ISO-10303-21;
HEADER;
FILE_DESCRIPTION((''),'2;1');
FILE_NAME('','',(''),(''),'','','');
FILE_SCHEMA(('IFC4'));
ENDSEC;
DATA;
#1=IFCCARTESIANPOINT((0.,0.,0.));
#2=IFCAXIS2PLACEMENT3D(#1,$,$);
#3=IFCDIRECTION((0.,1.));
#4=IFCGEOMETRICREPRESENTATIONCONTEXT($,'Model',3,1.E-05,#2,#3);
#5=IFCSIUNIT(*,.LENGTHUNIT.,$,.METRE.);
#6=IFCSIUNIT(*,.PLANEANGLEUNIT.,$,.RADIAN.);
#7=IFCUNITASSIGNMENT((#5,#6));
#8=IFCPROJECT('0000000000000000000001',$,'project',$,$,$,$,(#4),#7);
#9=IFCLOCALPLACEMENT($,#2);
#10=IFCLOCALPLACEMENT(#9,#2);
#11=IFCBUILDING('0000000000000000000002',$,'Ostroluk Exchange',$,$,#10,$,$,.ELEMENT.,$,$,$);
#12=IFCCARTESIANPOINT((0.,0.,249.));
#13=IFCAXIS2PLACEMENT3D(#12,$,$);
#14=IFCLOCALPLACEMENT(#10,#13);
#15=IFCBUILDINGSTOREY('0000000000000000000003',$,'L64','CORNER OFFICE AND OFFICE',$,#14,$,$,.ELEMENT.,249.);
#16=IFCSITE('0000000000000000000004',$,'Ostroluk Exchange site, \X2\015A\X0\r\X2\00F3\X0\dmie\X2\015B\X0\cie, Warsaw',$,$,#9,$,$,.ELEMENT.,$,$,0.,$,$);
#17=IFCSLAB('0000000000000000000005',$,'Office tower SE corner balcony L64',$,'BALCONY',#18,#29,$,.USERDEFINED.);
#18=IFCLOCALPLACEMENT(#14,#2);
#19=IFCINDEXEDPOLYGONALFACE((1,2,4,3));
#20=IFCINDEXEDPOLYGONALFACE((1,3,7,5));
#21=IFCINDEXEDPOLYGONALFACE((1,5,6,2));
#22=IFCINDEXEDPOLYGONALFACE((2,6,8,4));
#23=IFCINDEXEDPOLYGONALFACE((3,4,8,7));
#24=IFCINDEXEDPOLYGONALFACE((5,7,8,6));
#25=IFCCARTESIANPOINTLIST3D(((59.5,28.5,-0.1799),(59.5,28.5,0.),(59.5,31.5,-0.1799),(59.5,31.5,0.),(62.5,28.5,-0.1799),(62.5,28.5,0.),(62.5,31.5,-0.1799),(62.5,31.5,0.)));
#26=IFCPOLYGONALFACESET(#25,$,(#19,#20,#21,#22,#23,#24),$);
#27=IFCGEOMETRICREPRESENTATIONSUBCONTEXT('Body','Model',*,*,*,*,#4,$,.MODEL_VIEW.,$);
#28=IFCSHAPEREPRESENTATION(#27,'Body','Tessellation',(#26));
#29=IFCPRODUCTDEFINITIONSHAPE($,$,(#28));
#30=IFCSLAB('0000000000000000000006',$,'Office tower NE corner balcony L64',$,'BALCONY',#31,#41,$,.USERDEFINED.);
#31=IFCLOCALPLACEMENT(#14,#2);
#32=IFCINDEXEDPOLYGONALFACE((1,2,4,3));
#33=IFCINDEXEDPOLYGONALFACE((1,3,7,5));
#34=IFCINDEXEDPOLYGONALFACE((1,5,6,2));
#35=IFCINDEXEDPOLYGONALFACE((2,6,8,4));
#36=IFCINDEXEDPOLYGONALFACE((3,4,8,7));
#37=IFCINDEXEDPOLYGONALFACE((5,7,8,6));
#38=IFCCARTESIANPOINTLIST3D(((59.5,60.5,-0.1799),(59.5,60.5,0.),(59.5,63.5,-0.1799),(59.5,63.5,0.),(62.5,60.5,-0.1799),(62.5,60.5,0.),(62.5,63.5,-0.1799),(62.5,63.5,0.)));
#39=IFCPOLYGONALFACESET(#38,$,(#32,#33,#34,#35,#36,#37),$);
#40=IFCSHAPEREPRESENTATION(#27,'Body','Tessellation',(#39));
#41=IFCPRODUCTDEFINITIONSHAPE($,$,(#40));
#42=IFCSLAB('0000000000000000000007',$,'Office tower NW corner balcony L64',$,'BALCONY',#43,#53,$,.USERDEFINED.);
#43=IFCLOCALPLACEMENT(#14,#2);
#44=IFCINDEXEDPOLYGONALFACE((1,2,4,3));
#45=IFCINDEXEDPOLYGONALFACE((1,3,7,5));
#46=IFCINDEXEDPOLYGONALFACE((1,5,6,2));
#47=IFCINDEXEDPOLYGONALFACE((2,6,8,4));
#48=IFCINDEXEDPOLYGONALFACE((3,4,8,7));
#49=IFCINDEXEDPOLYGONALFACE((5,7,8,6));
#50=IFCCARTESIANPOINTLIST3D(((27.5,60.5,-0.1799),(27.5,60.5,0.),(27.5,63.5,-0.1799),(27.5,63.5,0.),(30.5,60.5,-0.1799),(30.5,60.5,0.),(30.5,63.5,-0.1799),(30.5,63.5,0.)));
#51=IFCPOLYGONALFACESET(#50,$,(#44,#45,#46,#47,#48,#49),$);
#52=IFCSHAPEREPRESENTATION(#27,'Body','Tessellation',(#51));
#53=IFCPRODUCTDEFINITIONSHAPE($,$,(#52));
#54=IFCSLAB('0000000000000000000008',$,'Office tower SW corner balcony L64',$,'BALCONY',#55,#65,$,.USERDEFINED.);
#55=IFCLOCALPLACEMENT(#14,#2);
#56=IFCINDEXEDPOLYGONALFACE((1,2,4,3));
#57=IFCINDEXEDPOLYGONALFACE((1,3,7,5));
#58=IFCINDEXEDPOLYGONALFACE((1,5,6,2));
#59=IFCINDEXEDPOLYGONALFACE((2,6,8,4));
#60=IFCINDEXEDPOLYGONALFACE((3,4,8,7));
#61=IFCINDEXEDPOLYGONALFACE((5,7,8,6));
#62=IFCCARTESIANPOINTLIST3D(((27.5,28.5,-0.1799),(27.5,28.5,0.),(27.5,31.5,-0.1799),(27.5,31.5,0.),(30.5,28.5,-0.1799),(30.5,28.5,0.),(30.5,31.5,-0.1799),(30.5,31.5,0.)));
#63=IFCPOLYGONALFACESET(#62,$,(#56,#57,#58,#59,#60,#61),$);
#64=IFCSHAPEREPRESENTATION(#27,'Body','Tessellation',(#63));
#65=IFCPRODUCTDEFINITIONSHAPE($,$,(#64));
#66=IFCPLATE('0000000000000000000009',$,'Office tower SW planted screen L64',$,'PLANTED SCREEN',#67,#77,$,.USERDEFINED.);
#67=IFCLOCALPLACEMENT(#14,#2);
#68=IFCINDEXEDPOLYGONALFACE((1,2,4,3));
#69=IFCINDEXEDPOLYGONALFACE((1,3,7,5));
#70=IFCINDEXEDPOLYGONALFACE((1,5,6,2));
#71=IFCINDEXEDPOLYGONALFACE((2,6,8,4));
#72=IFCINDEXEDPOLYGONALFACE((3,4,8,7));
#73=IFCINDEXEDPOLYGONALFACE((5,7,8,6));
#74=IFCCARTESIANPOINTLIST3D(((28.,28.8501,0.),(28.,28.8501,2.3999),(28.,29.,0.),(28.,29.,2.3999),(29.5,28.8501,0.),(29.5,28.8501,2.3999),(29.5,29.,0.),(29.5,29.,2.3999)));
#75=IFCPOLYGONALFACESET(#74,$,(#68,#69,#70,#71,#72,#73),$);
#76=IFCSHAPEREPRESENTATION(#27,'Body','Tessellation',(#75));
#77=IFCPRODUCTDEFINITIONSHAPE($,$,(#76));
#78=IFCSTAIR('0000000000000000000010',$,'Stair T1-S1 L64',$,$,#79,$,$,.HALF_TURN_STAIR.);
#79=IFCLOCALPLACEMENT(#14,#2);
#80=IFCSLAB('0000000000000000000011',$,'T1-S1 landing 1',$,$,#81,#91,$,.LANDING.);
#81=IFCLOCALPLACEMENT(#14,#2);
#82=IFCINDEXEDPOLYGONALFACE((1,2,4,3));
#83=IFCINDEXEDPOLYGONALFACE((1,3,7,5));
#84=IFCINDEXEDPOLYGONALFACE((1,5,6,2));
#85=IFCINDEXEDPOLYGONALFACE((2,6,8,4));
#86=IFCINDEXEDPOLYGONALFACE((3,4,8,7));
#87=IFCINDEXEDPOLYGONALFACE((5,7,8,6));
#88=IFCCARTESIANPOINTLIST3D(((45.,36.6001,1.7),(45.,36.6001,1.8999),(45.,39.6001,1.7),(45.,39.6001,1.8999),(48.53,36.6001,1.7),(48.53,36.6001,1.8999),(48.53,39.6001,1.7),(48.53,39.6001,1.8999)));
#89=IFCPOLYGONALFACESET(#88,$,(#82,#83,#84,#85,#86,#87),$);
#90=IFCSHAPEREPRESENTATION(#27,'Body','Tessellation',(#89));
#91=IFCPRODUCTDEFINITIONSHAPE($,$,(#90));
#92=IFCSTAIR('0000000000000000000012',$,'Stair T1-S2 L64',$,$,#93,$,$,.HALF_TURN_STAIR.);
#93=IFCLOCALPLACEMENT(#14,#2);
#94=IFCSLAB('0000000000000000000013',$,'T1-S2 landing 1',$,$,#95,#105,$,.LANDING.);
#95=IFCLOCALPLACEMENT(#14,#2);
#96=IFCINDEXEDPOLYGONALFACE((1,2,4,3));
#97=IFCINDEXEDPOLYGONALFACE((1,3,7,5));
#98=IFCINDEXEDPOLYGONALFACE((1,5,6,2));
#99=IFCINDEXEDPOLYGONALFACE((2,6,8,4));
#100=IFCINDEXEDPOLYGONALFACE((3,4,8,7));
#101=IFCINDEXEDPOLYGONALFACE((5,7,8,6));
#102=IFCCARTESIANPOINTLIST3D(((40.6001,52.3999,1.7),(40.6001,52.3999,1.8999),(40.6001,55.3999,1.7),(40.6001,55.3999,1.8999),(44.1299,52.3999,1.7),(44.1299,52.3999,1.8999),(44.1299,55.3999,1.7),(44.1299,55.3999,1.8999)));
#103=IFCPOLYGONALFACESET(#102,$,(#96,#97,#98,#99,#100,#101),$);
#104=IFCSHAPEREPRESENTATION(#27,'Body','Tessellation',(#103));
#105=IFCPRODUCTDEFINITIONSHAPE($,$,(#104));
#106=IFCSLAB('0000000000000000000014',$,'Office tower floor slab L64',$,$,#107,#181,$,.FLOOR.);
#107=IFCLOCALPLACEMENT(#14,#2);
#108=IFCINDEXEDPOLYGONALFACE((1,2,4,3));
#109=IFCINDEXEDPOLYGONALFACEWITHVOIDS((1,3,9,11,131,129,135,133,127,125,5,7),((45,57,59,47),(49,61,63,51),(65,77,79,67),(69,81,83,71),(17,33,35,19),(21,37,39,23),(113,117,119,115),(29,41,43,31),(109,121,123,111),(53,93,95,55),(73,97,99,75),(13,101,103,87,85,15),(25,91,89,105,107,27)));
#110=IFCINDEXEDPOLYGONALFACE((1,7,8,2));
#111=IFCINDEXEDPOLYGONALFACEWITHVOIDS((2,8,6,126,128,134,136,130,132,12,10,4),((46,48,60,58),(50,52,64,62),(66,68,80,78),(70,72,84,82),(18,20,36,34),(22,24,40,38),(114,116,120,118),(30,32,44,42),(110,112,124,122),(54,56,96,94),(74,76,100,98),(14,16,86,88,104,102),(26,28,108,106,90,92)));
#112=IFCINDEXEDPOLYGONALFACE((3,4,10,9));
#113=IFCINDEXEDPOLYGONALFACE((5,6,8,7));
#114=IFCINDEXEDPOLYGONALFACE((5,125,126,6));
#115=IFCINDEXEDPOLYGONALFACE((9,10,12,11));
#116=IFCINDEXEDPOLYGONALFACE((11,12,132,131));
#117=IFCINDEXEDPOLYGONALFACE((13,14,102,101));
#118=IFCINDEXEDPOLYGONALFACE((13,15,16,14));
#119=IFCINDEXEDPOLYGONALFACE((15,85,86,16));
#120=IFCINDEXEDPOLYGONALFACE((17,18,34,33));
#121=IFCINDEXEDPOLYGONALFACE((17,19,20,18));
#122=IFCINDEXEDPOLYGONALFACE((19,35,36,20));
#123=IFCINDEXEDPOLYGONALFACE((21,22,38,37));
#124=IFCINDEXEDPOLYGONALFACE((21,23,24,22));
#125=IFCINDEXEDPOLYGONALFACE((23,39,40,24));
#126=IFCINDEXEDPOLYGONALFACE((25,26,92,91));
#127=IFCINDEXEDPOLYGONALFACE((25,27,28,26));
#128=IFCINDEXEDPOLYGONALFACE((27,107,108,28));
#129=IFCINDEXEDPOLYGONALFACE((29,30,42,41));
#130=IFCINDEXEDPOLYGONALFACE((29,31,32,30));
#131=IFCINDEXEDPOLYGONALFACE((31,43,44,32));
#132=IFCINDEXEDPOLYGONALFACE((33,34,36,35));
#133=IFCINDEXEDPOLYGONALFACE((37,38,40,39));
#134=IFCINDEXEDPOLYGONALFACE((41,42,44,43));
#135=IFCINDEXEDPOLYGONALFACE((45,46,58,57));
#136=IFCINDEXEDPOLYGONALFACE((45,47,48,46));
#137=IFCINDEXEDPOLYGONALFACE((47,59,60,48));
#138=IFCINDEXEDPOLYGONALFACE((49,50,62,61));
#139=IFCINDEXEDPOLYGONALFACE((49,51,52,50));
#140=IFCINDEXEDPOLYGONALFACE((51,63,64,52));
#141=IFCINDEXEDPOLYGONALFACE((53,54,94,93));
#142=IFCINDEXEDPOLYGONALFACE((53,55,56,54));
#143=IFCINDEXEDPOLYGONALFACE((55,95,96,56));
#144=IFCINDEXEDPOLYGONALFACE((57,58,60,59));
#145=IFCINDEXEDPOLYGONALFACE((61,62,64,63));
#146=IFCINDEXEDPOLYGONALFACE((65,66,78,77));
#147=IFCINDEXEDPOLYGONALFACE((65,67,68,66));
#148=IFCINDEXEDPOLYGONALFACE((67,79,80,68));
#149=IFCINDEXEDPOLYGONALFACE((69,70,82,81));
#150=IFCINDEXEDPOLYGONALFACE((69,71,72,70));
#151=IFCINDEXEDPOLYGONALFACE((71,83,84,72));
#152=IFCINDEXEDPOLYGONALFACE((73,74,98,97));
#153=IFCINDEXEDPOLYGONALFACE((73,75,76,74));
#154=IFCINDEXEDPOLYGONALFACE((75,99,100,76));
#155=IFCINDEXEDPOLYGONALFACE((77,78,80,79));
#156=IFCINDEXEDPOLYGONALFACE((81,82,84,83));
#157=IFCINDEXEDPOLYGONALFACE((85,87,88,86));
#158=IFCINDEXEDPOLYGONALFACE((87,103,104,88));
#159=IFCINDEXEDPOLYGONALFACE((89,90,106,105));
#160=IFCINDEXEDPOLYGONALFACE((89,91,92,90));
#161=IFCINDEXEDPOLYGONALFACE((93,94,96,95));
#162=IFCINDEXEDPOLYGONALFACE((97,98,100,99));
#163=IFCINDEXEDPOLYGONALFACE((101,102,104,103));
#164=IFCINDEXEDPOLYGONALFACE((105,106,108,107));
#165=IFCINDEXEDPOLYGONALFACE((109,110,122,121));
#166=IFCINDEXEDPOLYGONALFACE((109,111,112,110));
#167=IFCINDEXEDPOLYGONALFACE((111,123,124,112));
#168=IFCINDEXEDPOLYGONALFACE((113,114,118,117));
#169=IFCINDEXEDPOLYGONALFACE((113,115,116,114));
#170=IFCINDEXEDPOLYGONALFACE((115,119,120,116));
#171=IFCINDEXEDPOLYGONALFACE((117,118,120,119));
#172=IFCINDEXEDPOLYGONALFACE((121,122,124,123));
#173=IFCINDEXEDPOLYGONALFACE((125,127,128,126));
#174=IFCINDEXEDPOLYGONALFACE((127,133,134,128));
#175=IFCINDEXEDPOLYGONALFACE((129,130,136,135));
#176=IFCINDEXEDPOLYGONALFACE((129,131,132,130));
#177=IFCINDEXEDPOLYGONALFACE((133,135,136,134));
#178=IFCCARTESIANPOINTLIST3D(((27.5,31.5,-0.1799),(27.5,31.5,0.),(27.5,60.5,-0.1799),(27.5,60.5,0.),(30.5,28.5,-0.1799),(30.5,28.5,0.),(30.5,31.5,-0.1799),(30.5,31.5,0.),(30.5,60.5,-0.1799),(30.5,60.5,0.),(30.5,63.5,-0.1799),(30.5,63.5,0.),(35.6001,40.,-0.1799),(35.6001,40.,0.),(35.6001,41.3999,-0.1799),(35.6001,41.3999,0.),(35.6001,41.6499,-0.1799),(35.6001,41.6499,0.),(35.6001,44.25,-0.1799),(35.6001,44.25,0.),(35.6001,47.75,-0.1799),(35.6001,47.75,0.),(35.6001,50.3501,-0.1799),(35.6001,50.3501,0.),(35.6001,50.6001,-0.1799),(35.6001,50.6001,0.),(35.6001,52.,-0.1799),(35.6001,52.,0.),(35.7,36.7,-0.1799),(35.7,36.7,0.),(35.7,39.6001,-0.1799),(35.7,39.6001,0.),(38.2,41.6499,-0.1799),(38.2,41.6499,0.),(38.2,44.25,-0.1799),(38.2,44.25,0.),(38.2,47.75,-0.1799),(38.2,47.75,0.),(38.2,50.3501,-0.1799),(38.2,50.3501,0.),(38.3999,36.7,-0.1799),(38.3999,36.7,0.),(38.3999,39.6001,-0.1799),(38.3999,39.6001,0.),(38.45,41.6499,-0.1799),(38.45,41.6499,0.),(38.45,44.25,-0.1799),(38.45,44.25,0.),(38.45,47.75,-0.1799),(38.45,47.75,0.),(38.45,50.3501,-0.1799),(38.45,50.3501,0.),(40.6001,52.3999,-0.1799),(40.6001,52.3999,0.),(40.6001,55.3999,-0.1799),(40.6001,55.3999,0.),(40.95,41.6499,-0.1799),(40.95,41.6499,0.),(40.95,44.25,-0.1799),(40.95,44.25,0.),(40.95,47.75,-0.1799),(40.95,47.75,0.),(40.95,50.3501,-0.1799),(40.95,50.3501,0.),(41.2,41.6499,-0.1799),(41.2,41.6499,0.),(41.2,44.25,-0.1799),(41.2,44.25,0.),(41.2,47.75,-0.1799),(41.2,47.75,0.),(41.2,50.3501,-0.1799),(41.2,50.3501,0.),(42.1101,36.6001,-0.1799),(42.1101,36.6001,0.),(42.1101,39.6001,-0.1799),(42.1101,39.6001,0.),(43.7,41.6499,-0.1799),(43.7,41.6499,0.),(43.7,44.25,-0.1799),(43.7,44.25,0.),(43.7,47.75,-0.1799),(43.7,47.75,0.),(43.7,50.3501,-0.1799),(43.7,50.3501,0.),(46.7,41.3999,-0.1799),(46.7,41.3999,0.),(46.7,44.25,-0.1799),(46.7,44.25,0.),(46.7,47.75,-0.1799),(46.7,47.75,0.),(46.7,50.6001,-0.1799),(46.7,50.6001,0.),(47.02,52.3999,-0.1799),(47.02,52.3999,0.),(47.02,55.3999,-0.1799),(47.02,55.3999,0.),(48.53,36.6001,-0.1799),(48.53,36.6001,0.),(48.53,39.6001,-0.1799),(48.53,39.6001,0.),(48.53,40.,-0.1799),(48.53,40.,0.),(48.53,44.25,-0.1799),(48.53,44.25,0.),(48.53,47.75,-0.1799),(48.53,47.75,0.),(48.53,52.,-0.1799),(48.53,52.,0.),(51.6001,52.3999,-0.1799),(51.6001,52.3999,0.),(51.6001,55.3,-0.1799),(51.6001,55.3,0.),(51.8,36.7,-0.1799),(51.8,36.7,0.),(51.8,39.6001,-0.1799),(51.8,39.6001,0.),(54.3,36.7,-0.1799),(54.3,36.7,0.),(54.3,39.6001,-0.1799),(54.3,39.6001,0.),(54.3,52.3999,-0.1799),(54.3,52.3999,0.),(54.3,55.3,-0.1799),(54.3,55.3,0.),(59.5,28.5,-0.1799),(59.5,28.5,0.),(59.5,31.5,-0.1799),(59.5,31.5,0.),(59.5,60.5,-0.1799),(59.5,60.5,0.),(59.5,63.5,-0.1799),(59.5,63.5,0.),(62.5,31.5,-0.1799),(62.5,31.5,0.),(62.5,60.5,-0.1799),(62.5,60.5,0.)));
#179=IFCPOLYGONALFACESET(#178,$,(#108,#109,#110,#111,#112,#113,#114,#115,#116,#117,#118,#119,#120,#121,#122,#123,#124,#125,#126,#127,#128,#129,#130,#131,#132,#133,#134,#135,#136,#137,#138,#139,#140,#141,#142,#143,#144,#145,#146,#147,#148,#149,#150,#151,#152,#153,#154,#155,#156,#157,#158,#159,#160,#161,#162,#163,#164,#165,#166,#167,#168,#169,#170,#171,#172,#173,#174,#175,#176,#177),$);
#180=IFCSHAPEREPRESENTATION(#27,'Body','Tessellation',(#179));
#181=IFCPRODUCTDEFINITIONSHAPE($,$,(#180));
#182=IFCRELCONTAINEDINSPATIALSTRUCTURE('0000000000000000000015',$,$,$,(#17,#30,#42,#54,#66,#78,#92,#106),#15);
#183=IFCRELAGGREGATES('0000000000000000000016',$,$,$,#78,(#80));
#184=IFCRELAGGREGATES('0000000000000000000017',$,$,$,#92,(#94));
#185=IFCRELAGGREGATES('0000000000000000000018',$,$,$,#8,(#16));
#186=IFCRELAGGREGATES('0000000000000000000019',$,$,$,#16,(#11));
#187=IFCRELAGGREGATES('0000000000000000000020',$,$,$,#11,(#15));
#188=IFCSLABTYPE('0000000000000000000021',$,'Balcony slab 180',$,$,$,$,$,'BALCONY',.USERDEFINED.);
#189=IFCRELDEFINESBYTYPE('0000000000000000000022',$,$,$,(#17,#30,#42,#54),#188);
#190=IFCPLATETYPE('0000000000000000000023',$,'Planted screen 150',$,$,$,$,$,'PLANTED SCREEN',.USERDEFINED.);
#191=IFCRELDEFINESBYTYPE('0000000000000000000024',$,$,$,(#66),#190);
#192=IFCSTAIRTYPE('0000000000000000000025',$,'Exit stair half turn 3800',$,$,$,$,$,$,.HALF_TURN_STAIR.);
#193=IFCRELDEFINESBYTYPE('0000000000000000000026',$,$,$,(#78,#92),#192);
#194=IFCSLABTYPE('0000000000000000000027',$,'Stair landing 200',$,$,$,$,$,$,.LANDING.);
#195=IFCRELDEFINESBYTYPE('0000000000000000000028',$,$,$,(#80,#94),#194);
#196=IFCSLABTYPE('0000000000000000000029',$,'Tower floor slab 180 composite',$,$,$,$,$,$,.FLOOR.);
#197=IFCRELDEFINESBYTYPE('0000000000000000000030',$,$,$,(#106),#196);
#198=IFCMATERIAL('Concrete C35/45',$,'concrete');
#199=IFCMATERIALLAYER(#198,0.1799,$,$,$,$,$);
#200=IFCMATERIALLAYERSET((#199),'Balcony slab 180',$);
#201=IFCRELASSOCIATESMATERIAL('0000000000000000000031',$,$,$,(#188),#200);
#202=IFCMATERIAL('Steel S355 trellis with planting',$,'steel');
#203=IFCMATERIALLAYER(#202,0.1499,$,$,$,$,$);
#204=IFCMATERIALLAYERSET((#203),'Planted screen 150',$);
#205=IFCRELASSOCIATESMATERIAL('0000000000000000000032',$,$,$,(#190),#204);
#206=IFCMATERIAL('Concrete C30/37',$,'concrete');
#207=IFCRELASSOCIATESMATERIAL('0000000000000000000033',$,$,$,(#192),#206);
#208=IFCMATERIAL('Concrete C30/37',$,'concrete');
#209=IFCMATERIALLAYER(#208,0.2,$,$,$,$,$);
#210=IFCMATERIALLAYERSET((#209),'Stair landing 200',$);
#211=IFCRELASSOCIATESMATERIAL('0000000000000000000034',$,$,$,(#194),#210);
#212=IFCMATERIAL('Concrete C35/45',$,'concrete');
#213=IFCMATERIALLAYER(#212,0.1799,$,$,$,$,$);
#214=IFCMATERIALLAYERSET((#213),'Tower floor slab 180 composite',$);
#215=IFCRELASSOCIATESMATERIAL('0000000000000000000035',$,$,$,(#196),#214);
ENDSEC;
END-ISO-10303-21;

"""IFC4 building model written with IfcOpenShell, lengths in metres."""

from ifc_helpers import new_model, si_unit, direction, frame, origin, origin_2d, place, context, subcontext, project, spatial, polyline, rectangle, outline, extrude, material, layer, layer_set, type_object, element, aggregate, save


model = new_model("IFC4")

# Units and contexts
model_context = context("Model", 3, precision=1e-05, world=origin(), true_north=direction((0.0, 1.0)))
body_context = subcontext(model_context, "Body", "Model", "MODEL_VIEW")
ifc_project = project(units=[si_unit("LENGTHUNIT", "METRE"), si_unit("PLANEANGLEUNIT", "RADIAN")], contexts=[model_context])

# Site, building, storey
site_placement = place(None, origin())
site = spatial("IfcSite", under=ifc_project, at=site_placement, Name="Ostroluk Exchange site, Śródmieście, Warsaw", CompositionType="ELEMENT", RefElevation=0.0)
building_placement = place(site_placement, origin())
building = spatial("IfcBuilding", under=site, at=building_placement, Name="Ostroluk Exchange", CompositionType="ELEMENT")
storey_placement = place(building_placement, frame((0.0, 0.0, 249.0)))
storey = spatial("IfcBuildingStorey", under=building, at=storey_placement, Name="L64", Description="CORNER OFFICE AND OFFICE", CompositionType="ELEMENT", Elevation=249.0)

# Slabs
ifc_material_1 = material(Name="Concrete C35/45", Category="concrete")
ifc_layer_1 = layer(ifc_material_1, 0.1799)
ifc_layer_set_1 = layer_set([ifc_layer_1], Name="Balcony slab 180")
slab_type_1 = type_object("IfcSlabType", Name="Balcony slab 180", ElementType="BALCONY", PredefinedType="USERDEFINED", material=ifc_layer_set_1)
slab_1_placement = place(storey_placement, frame((0.0, 0.0, -0.1799)))
element("IfcSlab", 1, at=slab_1_placement, inside=storey, type_object=slab_type_1, Name="Office tower SE corner balcony L64", ObjectType="BALCONY", PredefinedType="USERDEFINED", context=body_context, shape_type="SweptSolid", body=[
    extrude(outline(polyline([(59.5, 28.5), (62.5, 28.5), (62.5, 31.5), (59.5, 31.5), (59.5, 28.5)])), origin(), (0.0, 0.0, 1.0), 0.1799),
])
slab_2_placement = place(storey_placement, frame((0.0, 0.0, -0.1799)))
element("IfcSlab", 2, at=slab_2_placement, inside=storey, type_object=slab_type_1, Name="Office tower NE corner balcony L64", ObjectType="BALCONY", PredefinedType="USERDEFINED", context=body_context, shape_type="SweptSolid", body=[
    extrude(outline(polyline([(59.5, 60.5), (62.5, 60.5), (62.5, 63.5), (59.5, 63.5), (59.5, 60.5)])), origin(), (0.0, 0.0, 1.0), 0.1799),
])
slab_3_placement = place(storey_placement, frame((0.0, 0.0, -0.1799)))
element("IfcSlab", 3, at=slab_3_placement, inside=storey, type_object=slab_type_1, Name="Office tower NW corner balcony L64", ObjectType="BALCONY", PredefinedType="USERDEFINED", context=body_context, shape_type="SweptSolid", body=[
    extrude(outline(polyline([(27.5, 60.5), (30.5, 60.5), (30.5, 63.5), (27.5, 63.5), (27.5, 60.5)])), origin(), (0.0, 0.0, 1.0), 0.1799),
])
slab_4_placement = place(storey_placement, frame((0.0, 0.0, -0.1799)))
element("IfcSlab", 4, at=slab_4_placement, inside=storey, type_object=slab_type_1, Name="Office tower SW corner balcony L64", ObjectType="BALCONY", PredefinedType="USERDEFINED", context=body_context, shape_type="SweptSolid", body=[
    extrude(outline(polyline([(27.5, 28.5), (30.5, 28.5), (30.5, 31.5), (27.5, 31.5), (27.5, 28.5)])), origin(), (0.0, 0.0, 1.0), 0.1799),
])

# Plate
ifc_material_2 = material(Name="Steel S355 trellis with planting", Category="steel")
ifc_layer_2 = layer(ifc_material_2, 0.1499)
ifc_layer_set_2 = layer_set([ifc_layer_2], Name="Planted screen 150")
plate_type_1 = type_object("IfcPlateType", Name="Planted screen 150", ElementType="PLANTED SCREEN", PredefinedType="USERDEFINED", material=ifc_layer_set_2)
plate_1_placement = place(storey_placement, frame((28.75, 28.925, 0.0), z_axis=(0.0, 0.0, 1.0), x_axis=(1.0, 0.0, 0.0)))
element("IfcPlate", 5, at=plate_1_placement, inside=storey, type_object=plate_type_1, Name="Office tower SW planted screen L64", ObjectType="PLANTED SCREEN", PredefinedType="USERDEFINED", context=body_context, shape_type="SweptSolid", body=[
    extrude(rectangle(XDim=1.5, YDim=0.1499, at=origin_2d()), origin(), (0.0, 0.0, 1.0), 2.3999),
])

# Stairs, slabs
ifc_material_3 = material(Name="Concrete C30/37", Category="concrete")
stair_type = type_object("IfcStairType", Name="Exit stair half turn 3800", PredefinedType="HALF_TURN_STAIR", material=ifc_material_3)
stair_1_placement = place(storey_placement, origin())
stair_1 = element("IfcStair", 6, at=stair_1_placement, inside=storey, type_object=stair_type, Name="Stair T1-S1 L64", PredefinedType="HALF_TURN_STAIR")
ifc_material_4 = material(Name="Concrete C30/37", Category="concrete")
ifc_layer_3 = layer(ifc_material_4, 0.2)
ifc_layer_set_3 = layer_set([ifc_layer_3], Name="Stair landing 200")
slab_type_2 = type_object("IfcSlabType", Name="Stair landing 200", PredefinedType="LANDING", material=ifc_layer_set_3)
slab_5_placement = place(storey_placement, frame((0.0, 0.0, 1.7)))
slab_5 = element("IfcSlab", 7, at=slab_5_placement, type_object=slab_type_2, Name="T1-S1 landing 1", PredefinedType="LANDING", context=body_context, shape_type="SweptSolid", body=[
    extrude(outline(polyline([(45.0, 36.6001), (45.0, 39.6001), (48.53, 39.6001), (48.53, 36.6001), (45.0, 36.6001)])), origin(), (0.0, 0.0, 1.0), 0.2),
])
aggregate(stair_1, [slab_5])
stair_2_placement = place(storey_placement, origin())
stair_2 = element("IfcStair", 8, at=stair_2_placement, inside=storey, type_object=stair_type, Name="Stair T1-S2 L64", PredefinedType="HALF_TURN_STAIR")
slab_6_placement = place(storey_placement, frame((0.0, 0.0, 1.7)))
slab_6 = element("IfcSlab", 9, at=slab_6_placement, type_object=slab_type_2, Name="T1-S2 landing 1", PredefinedType="LANDING", context=body_context, shape_type="SweptSolid", body=[
    extrude(outline(polyline([(44.1299, 52.3999), (44.1299, 55.3999), (40.6001, 55.3999), (40.6001, 52.3999), (44.1299, 52.3999)])), origin(), (0.0, 0.0, 1.0), 0.2),
])
aggregate(stair_2, [slab_6])

# Slab
ifc_material_5 = material(Name="Concrete C35/45", Category="concrete")
ifc_layer_4 = layer(ifc_material_5, 0.1799)
ifc_layer_set_4 = layer_set([ifc_layer_4], Name="Tower floor slab 180 composite")
slab_type_3 = type_object("IfcSlabType", Name="Tower floor slab 180 composite", PredefinedType="FLOOR", material=ifc_layer_set_4)
slab_7_placement = place(storey_placement, frame((0.0, 0.0, -0.1799)))
element("IfcSlab", 10, at=slab_7_placement, inside=storey, type_object=slab_type_3, Name="Office tower floor slab L64", PredefinedType="FLOOR", context=body_context, shape_type="SweptSolid", body=[
    extrude(outline(polyline([(30.5, 28.5), (59.5, 28.5), (59.5, 31.5), (62.5, 31.5), (62.5, 60.5), (59.5, 60.5), (59.5, 63.5), (30.5, 63.5), (30.5, 60.5), (27.5, 60.5), (27.5, 31.5), (30.5, 31.5), (30.5, 28.5)]), holes=[polyline([(35.7, 36.7), (38.3999, 36.7), (38.3999, 39.6001), (35.7, 39.6001), (35.7, 36.7)]), polyline([(42.1101, 36.6001), (48.53, 36.6001), (48.53, 39.6001), (42.1101, 39.6001), (42.1101, 36.6001)]), polyline([(51.8, 36.7), (54.3, 36.7), (54.3, 39.6001), (51.8, 39.6001), (51.8, 36.7)]), polyline([(40.6001, 52.3999), (47.02, 52.3999), (47.02, 55.3999), (40.6001, 55.3999), (40.6001, 52.3999)]), polyline([(51.6001, 52.3999), (54.3, 52.3999), (54.3, 55.3), (51.6001, 55.3), (51.6001, 52.3999)]), polyline([(35.6001, 47.75), (38.2, 47.75), (38.2, 50.3501), (35.6001, 50.3501), (35.6001, 47.75)]), polyline([(38.45, 47.75), (40.95, 47.75), (40.95, 50.3501), (38.45, 50.3501), (38.45, 47.75)]), polyline([(41.2, 47.75), (43.7, 47.75), (43.7, 50.3501), (41.2, 50.3501), (41.2, 47.75)]), polyline([(35.6001, 41.6499), (38.2, 41.6499), (38.2, 44.25), (35.6001, 44.25), (35.6001, 41.6499)]), polyline([(38.45, 41.6499), (40.95, 41.6499), (40.95, 44.25), (38.45, 44.25), (38.45, 41.6499)]), polyline([(41.2, 41.6499), (43.7, 41.6499), (43.7, 44.25), (41.2, 44.25), (41.2, 41.6499)]), polyline([(48.53, 52.0), (48.53, 47.75), (46.7, 47.75), (46.7, 50.6001), (35.6001, 50.6001), (35.6001, 52.0), (48.53, 52.0)]), polyline([(35.6001, 40.0), (35.6001, 41.3999), (46.7, 41.3999), (46.7, 44.25), (48.53, 44.25), (48.53, 40.0), (35.6001, 40.0)])]), origin(), (0.0, 0.0, 1.0), 0.1799),
])

save(model, "model.ifc")
